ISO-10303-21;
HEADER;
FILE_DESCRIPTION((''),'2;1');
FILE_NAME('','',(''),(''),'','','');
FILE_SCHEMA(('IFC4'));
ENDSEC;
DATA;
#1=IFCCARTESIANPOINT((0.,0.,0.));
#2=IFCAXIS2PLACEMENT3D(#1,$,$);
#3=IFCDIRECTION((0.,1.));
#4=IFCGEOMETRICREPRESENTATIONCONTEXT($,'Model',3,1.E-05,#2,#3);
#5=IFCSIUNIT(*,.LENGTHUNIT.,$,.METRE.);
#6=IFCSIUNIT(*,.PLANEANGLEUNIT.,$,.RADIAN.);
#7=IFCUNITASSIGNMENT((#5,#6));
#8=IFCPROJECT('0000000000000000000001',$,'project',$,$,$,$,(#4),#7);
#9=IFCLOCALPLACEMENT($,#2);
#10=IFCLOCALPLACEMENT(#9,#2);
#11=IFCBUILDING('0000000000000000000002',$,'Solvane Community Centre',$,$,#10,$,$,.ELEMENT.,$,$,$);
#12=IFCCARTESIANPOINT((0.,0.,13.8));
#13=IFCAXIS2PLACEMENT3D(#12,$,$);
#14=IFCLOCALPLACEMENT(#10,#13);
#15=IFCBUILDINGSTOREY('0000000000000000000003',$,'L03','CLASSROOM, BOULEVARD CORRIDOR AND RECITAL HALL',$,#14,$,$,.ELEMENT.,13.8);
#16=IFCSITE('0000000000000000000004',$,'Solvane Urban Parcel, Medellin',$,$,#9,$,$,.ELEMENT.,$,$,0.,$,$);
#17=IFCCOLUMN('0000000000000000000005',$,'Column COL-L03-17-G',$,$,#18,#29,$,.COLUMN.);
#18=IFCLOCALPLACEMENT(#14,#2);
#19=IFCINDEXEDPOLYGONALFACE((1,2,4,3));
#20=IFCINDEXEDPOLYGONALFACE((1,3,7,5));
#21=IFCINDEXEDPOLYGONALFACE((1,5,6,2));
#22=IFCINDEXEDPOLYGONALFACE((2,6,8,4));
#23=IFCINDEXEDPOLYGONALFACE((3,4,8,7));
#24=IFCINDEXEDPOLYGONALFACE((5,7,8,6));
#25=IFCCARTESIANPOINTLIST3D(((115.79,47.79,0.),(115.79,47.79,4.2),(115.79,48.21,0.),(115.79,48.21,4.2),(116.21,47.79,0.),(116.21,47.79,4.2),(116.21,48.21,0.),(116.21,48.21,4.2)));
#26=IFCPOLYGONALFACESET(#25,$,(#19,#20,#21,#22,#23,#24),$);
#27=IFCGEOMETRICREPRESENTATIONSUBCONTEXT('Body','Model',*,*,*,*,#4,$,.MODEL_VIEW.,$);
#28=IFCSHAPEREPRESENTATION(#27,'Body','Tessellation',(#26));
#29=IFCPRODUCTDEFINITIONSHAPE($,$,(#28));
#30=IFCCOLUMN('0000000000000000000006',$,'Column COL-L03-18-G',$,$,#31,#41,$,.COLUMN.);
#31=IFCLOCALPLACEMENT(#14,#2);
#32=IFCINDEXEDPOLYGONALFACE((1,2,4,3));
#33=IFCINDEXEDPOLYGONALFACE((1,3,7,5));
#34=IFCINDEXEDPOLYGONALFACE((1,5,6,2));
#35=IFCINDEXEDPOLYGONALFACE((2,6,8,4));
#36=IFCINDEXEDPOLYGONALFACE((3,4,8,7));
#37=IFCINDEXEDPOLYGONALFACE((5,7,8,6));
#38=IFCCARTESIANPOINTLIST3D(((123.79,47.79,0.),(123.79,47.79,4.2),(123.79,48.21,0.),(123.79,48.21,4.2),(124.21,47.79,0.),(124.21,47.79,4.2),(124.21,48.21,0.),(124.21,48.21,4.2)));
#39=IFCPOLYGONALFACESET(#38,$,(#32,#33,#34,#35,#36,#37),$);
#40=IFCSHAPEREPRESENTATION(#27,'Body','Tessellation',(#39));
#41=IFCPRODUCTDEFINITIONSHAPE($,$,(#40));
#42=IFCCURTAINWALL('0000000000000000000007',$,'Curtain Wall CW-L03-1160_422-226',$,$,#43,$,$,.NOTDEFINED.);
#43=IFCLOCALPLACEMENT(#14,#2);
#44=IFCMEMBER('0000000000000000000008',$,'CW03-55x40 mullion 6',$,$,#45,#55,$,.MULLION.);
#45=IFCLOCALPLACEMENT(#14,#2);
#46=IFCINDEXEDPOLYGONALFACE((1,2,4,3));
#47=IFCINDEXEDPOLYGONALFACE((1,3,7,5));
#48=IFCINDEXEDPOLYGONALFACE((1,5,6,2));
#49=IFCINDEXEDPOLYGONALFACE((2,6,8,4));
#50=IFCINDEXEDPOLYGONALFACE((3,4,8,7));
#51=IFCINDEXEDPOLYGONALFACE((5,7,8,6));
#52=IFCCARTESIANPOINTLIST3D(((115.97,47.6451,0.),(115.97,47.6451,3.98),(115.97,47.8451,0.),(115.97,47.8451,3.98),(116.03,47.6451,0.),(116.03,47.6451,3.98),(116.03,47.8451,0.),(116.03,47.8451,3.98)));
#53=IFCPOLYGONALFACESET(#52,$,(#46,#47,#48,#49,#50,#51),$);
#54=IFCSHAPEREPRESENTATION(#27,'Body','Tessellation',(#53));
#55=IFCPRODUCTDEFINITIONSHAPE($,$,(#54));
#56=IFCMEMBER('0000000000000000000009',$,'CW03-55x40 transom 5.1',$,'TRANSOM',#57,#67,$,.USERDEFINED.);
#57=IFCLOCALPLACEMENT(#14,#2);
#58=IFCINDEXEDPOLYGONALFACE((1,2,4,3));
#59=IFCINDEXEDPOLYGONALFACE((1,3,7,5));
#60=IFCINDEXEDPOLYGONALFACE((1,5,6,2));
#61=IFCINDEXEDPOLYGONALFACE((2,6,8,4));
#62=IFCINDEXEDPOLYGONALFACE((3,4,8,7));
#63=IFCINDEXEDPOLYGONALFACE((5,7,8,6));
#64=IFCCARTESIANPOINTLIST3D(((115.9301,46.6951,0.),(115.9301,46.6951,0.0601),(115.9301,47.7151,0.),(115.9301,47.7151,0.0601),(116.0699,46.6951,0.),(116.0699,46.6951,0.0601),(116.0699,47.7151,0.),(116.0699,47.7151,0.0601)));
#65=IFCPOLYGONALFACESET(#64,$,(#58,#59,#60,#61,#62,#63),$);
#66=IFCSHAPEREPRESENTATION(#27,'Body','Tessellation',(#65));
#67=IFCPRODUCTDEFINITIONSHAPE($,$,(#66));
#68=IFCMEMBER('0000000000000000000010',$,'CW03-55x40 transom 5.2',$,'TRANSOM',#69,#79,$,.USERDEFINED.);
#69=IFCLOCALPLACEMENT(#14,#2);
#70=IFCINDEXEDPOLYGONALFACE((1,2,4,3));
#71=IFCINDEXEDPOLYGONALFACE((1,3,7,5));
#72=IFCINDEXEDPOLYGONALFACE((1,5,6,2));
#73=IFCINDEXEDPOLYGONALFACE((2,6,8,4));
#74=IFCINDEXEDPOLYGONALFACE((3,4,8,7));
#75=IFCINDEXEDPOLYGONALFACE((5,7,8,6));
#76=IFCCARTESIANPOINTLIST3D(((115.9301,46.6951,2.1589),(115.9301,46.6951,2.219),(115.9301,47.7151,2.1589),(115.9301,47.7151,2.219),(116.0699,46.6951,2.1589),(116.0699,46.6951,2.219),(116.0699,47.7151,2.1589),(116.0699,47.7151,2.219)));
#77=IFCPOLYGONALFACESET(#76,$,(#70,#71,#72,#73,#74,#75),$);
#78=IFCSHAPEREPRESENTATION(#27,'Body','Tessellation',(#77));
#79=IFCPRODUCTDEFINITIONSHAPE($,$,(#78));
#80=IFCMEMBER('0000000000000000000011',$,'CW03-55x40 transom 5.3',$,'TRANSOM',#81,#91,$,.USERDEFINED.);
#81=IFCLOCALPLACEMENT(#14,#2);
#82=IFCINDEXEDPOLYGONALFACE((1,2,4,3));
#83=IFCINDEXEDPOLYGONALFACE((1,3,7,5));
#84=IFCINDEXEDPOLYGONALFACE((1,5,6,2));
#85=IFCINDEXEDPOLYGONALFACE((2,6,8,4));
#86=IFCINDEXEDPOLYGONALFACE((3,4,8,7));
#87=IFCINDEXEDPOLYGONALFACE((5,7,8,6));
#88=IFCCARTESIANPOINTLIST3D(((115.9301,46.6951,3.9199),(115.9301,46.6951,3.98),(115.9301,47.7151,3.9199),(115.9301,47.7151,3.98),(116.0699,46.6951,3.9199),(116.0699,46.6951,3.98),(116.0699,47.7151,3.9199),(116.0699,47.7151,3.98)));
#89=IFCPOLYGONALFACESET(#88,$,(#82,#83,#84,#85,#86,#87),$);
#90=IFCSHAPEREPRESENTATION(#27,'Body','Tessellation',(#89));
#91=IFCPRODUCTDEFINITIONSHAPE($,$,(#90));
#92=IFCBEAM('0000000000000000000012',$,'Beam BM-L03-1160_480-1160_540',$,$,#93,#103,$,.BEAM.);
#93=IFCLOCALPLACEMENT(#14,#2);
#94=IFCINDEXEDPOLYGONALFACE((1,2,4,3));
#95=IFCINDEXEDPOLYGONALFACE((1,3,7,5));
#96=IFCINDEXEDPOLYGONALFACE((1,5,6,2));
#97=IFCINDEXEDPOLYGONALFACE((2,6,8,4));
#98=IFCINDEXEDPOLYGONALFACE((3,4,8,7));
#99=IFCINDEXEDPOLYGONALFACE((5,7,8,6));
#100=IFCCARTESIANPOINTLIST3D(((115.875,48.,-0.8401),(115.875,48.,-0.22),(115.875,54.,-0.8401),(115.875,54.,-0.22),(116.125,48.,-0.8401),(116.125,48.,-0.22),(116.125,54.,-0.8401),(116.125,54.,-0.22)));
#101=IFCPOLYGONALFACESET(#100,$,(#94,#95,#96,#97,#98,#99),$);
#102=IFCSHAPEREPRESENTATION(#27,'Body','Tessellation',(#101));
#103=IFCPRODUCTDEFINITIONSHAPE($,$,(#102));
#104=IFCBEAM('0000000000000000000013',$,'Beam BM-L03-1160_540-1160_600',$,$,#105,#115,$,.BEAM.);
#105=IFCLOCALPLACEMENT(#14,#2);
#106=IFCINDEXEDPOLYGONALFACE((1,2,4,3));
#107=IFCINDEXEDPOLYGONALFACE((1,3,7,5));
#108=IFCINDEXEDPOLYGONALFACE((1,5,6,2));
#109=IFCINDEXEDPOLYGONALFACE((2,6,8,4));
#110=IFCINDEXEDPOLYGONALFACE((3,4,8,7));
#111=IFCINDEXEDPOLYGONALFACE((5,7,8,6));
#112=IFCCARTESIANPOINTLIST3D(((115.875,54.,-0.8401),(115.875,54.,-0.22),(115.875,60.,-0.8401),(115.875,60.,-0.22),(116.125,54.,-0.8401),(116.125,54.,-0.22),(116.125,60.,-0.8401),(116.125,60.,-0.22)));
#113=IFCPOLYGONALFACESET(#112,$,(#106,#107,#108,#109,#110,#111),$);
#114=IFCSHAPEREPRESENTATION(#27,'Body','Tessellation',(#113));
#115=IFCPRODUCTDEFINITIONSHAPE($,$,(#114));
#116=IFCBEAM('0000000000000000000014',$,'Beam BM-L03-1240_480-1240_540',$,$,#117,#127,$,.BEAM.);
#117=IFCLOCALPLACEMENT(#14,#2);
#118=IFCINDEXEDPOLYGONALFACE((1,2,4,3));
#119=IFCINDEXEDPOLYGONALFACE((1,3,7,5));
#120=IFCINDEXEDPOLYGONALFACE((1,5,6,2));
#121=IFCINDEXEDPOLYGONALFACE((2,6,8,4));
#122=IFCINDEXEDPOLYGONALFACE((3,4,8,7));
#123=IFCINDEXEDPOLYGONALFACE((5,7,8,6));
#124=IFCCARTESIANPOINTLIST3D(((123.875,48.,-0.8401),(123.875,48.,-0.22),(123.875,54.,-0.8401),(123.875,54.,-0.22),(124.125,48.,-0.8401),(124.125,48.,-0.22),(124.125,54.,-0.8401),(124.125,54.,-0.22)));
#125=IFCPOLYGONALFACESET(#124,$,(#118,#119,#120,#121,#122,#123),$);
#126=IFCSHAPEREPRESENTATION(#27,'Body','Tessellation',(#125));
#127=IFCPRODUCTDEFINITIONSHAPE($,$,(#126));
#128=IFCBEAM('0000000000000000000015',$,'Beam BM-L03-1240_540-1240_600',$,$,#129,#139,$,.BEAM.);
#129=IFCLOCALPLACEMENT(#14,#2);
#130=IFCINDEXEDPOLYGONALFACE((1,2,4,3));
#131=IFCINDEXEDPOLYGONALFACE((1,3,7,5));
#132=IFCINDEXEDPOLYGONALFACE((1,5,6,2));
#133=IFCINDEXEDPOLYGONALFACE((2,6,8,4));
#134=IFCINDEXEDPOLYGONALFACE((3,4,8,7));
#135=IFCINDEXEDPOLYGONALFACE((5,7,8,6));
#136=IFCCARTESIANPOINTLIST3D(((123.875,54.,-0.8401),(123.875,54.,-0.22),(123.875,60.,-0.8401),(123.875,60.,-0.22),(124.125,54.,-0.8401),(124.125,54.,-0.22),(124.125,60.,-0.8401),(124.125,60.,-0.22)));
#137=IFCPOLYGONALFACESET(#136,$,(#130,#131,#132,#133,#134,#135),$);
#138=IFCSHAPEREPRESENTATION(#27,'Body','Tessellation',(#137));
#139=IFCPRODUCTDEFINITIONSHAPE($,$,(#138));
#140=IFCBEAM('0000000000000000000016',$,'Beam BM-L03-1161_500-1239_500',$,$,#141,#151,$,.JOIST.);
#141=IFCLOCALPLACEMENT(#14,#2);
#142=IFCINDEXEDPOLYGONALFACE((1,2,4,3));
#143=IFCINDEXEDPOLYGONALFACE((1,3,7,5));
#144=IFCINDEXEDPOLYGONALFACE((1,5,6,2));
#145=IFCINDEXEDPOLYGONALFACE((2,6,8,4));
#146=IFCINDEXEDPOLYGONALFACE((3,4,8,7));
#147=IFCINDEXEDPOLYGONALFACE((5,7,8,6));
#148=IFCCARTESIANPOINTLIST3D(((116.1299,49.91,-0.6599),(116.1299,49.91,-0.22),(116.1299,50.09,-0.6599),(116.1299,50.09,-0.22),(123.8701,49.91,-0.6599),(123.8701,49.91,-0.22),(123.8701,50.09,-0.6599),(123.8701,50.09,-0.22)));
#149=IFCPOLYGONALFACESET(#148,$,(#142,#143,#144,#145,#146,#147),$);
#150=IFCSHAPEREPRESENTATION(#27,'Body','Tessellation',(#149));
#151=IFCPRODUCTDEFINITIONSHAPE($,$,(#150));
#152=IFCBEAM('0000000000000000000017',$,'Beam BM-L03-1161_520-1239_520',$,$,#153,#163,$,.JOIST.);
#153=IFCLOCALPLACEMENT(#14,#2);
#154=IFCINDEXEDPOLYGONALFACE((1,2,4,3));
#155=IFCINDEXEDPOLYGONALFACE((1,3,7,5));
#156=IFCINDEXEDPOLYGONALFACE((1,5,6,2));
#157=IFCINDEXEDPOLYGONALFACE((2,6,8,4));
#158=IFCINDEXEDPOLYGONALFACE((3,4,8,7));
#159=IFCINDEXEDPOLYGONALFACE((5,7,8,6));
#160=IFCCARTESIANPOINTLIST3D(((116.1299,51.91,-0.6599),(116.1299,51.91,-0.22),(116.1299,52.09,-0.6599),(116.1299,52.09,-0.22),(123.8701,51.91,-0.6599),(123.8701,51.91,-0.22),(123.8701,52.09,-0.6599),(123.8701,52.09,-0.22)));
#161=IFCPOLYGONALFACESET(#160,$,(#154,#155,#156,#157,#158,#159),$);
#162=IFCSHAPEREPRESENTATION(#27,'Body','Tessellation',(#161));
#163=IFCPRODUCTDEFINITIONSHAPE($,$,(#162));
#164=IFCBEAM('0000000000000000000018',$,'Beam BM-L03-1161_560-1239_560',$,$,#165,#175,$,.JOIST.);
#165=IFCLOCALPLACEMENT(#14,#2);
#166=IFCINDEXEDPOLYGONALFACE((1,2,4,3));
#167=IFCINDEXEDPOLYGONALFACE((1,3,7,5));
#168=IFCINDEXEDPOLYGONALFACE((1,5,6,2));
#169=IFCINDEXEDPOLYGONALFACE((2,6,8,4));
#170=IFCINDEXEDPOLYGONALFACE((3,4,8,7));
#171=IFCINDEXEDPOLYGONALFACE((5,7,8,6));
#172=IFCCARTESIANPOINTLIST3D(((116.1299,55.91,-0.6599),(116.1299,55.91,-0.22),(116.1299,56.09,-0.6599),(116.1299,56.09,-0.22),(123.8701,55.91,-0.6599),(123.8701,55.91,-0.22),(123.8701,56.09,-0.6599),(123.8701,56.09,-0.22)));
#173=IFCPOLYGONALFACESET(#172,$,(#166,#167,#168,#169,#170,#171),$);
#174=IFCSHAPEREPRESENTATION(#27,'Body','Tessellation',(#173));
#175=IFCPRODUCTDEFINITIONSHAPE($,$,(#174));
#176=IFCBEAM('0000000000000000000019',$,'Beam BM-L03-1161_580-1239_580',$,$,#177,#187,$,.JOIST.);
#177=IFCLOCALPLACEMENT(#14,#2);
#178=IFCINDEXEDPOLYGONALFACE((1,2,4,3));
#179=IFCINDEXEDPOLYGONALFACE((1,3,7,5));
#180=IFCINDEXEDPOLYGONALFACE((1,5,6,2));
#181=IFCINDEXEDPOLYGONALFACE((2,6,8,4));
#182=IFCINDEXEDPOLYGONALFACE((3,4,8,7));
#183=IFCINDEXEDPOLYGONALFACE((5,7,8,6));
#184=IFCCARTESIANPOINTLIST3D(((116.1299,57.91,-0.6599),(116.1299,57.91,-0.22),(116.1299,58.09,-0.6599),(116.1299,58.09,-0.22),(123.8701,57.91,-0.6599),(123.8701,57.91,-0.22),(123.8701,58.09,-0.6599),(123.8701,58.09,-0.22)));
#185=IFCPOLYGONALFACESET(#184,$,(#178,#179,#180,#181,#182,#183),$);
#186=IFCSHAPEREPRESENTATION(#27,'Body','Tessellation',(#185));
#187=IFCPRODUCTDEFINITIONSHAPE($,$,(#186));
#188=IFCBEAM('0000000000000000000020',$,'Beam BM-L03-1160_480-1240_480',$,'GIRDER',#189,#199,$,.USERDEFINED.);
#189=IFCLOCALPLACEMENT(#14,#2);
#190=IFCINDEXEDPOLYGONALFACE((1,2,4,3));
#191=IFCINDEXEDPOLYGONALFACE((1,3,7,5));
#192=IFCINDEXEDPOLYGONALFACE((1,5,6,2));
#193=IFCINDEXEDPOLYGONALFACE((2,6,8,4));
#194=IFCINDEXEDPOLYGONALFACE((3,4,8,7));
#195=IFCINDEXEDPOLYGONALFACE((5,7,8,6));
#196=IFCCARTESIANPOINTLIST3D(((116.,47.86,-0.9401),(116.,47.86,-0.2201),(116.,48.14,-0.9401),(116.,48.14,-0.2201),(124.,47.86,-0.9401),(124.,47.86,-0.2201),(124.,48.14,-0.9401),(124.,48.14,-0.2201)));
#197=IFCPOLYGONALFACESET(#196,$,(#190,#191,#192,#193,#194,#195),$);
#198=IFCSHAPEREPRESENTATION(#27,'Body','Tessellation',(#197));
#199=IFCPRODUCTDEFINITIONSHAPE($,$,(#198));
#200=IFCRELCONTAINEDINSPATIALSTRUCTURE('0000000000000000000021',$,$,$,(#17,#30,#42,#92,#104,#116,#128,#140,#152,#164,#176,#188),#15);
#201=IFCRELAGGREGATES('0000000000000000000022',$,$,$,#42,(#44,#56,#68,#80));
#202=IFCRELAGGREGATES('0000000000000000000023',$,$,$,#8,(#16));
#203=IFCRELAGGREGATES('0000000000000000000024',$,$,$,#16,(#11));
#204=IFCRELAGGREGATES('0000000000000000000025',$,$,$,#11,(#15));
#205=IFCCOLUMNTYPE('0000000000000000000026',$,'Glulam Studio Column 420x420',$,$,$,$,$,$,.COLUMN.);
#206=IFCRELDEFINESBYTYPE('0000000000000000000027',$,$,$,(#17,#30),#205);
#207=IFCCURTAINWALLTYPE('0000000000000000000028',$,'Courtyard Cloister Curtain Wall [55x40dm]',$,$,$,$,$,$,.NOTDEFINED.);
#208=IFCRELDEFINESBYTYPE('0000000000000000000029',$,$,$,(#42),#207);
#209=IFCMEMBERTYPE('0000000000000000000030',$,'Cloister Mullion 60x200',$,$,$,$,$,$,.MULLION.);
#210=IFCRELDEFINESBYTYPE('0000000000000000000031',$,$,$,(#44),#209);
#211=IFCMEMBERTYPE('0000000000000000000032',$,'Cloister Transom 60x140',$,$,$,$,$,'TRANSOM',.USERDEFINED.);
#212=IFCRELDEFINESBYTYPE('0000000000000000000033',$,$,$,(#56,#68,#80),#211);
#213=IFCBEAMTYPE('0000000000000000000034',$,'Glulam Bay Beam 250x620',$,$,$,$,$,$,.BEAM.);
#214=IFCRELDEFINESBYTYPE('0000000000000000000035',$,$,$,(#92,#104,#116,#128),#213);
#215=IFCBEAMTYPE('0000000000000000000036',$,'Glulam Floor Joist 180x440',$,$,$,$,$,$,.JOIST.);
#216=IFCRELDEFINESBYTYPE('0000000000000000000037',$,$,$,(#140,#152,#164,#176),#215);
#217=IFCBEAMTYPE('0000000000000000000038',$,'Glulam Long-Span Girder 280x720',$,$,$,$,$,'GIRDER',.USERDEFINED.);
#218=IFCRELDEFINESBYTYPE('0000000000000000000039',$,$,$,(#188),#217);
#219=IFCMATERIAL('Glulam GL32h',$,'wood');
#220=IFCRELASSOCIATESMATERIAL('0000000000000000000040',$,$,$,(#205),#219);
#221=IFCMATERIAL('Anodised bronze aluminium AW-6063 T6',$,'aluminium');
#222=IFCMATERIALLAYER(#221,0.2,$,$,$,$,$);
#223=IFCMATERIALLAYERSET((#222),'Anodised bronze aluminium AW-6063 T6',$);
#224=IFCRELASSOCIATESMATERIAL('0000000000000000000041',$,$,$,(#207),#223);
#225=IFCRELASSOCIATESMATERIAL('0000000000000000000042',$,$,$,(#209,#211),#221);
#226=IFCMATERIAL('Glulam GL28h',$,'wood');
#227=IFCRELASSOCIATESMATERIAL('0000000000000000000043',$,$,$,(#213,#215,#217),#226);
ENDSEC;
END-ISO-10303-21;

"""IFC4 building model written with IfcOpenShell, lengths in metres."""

from ifc_helpers import new_model, si_unit, direction, frame, origin, origin_2d, place, context, subcontext, project, spatial, rectangle, extrude, material, layer, layer_set, material_profile, profile_set, type_object, element, aggregate, save


model = new_model("IFC4")

# Units and contexts
model_context = context("Model", 3, precision=1e-05, world=origin(), true_north=direction((0.0, 1.0)))
body_context = subcontext(model_context, "Body", "Model", "MODEL_VIEW")
ifc_project = project(units=[si_unit("LENGTHUNIT", "METRE"), si_unit("PLANEANGLEUNIT", "RADIAN")], contexts=[model_context])

# Site, building, storey
site_placement = place(None, origin())
site = spatial("IfcSite", under=ifc_project, at=site_placement, Name="Solvane Urban Parcel, Medellin", CompositionType="ELEMENT", RefElevation=0.0)
building_placement = place(site_placement, origin())
building = spatial("IfcBuilding", under=site, at=building_placement, Name="Solvane Community Centre", CompositionType="ELEMENT")
storey_placement = place(building_placement, frame((0.0, 0.0, 13.8)))
storey = spatial("IfcBuildingStorey", under=building, at=storey_placement, Name="L03", Description="CLASSROOM, BOULEVARD CORRIDOR AND RECITAL HALL", CompositionType="ELEMENT", Elevation=13.8)

# Columns
ifc_material_1 = material(Name="Glulam GL32h", Category="wood")
ifc_material_profile_1 = material_profile(ifc_material_1, rectangle(XDim=0.4199, YDim=0.4199, at=origin_2d()), Name="GL32h 420x420")
ifc_profile_set_1 = profile_set([ifc_material_profile_1], Name="Glulam GL32h")
column_type = type_object("IfcColumnType", Name="Glulam Studio Column 420x420", PredefinedType="COLUMN", material=ifc_profile_set_1)
for number, where, z_axis, x_axis, name in (
    (1, (116.0, 48.0, 0.0), (0.0, 0.0, 1.0), (1.0, 0.0, 0.0), "Column COL-L03-17-G"),
    (2, (124.0, 48.0, 0.0), (0.0, 0.0, 1.0), (1.0, 0.0, 0.0), "Column COL-L03-18-G"),
):
    element("IfcColumn", number, at=place(storey_placement, frame(where, z_axis=z_axis, x_axis=x_axis)), inside=storey, type_object=column_type, Name=name, PredefinedType="COLUMN", context=body_context, shape_type="SweptSolid", body=[
        extrude(rectangle(XDim=0.4199, YDim=0.4199, at=origin_2d()), origin(), (0.0, 0.0, 1.0), 4.2),
    ])

# Curtain wall, members
ifc_material_2 = material(Name="Anodised bronze aluminium AW-6063 T6", Category="aluminium")
ifc_layer_1 = layer(ifc_material_2, 0.2)
ifc_layer_set_1 = layer_set([ifc_layer_1], Name="Anodised bronze aluminium AW-6063 T6")
curtain_wall_type = type_object("IfcCurtainWallType", Name="Courtyard Cloister Curtain Wall [55x40dm]", PredefinedType="NOTDEFINED", material=ifc_layer_set_1)
curtain_wall_placement = place(storey_placement, origin())
curtain_wall = element("IfcCurtainWall", 3, at=curtain_wall_placement, inside=storey, type_object=curtain_wall_type, Name="Curtain Wall CW-L03-1160_422-226", PredefinedType="NOTDEFINED")
ifc_material_profile_2 = material_profile(ifc_material_2, rectangle(XDim=0.0601, YDim=0.2, at=origin_2d()), Name="CW-M 60x200")
ifc_profile_set_2 = profile_set([ifc_material_profile_2], Name="Anodised bronze aluminium AW-6063 T6")
member_type_1 = type_object("IfcMemberType", Name="Cloister Mullion 60x200", PredefinedType="MULLION", material=ifc_profile_set_2)
member_1_placement = place(storey_placement, frame((116.0, 47.7451, 0.0), z_axis=(0.0, 0.0, 1.0), x_axis=(-1.0, 0.0, 0.0)))
member_1 = element("IfcMember", 4, at=member_1_placement, type_object=member_type_1, Name="CW03-55x40 mullion 6", PredefinedType="MULLION", context=body_context, shape_type="SweptSolid", body=[
    extrude(rectangle(XDim=0.0601, YDim=0.2, at=origin_2d()), origin(), (0.0, 0.0, 1.0), 3.98),
])
ifc_material_profile_3 = material_profile(ifc_material_2, rectangle(XDim=0.1399, YDim=0.0601, at=origin_2d()), Name="CW-T 60x140")
ifc_profile_set_3 = profile_set([ifc_material_profile_3], Name="Anodised bronze aluminium AW-6063 T6")
member_type_2 = type_object("IfcMemberType", Name="Cloister Transom 60x140", ElementType="TRANSOM", PredefinedType="USERDEFINED", material=ifc_profile_set_3)
member_2_placement = place(storey_placement, frame((116.0, 46.6951, 0.03), z_axis=(0.0, 1.0, 0.0), x_axis=(-1.0, 0.0, 0.0)))
member_2 = element("IfcMember", 5, at=member_2_placement, type_object=member_type_2, Name="CW03-55x40 transom 5.1", ObjectType="TRANSOM", PredefinedType="USERDEFINED", context=body_context, shape_type="SweptSolid", body=[
    extrude(rectangle(XDim=0.1399, YDim=0.0601, at=origin_2d()), origin(), (0.0, 0.0, 1.0), 1.02),
])
member_3_placement = place(storey_placement, frame((116.0, 46.6951, 2.189), z_axis=(0.0, 1.0, 0.0), x_axis=(-1.0, 0.0, 0.0)))
member_3 = element("IfcMember", 6, at=member_3_placement, type_object=member_type_2, Name="CW03-55x40 transom 5.2", ObjectType="TRANSOM", PredefinedType="USERDEFINED", context=body_context, shape_type="SweptSolid", body=[
    extrude(rectangle(XDim=0.1399, YDim=0.0601, at=origin_2d()), origin(), (0.0, 0.0, 1.0), 1.02),
])
member_4_placement = place(storey_placement, frame((116.0, 46.6951, 3.95), z_axis=(0.0, 1.0, 0.0), x_axis=(-1.0, 0.0, 0.0)))
member_4 = element("IfcMember", 7, at=member_4_placement, type_object=member_type_2, Name="CW03-55x40 transom 5.3", ObjectType="TRANSOM", PredefinedType="USERDEFINED", context=body_context, shape_type="SweptSolid", body=[
    extrude(rectangle(XDim=0.1399, YDim=0.0601, at=origin_2d()), origin(), (0.0, 0.0, 1.0), 1.02),
])

# Beams
ifc_material_3 = material(Name="Glulam GL28h", Category="wood")
ifc_material_profile_4 = material_profile(ifc_material_3, rectangle(XDim=0.25, YDim=0.6201, at=origin_2d()), Name="GL28h 250x620")
ifc_profile_set_4 = profile_set([ifc_material_profile_4], Name="Glulam GL28h")
beam_type_1 = type_object("IfcBeamType", Name="Glulam Bay Beam 250x620", PredefinedType="BEAM", material=ifc_profile_set_4)
for number, where, z_axis, x_axis, name in (
    (8, (116.0, 48.0, -0.53), (0.0, 1.0, 0.0), (-1.0, 0.0, 0.0), "Beam BM-L03-1160_480-1160_540"),
    (9, (116.0, 54.0, -0.53), (0.0, 1.0, 0.0), (-1.0, 0.0, 0.0), "Beam BM-L03-1160_540-1160_600"),
    (10, (124.0, 48.0, -0.53), (0.0, 1.0, 0.0), (-1.0, 0.0, 0.0), "Beam BM-L03-1240_480-1240_540"),
    (11, (124.0, 54.0, -0.53), (0.0, 1.0, 0.0), (-1.0, 0.0, 0.0), "Beam BM-L03-1240_540-1240_600"),
):
    element("IfcBeam", number, at=place(storey_placement, frame(where, z_axis=z_axis, x_axis=x_axis)), inside=storey, type_object=beam_type_1, Name=name, PredefinedType="BEAM", context=body_context, shape_type="SweptSolid", body=[
        extrude(rectangle(XDim=0.25, YDim=0.6201, at=origin_2d()), origin(), (0.0, 0.0, 1.0), 6.0),
    ])
ifc_material_profile_5 = material_profile(ifc_material_3, rectangle(XDim=0.1799, YDim=0.4399, at=origin_2d()), Name="GL28h 180x440")
ifc_profile_set_5 = profile_set([ifc_material_profile_5], Name="Glulam GL28h")
beam_type_2 = type_object("IfcBeamType", Name="Glulam Floor Joist 180x440", PredefinedType="JOIST", material=ifc_profile_set_5)
for number, where, z_axis, x_axis, name in (
    (12, (116.1299, 50.0, -0.4399), (1.0, 0.0, 0.0), (0.0, 1.0, 0.0), "Beam BM-L03-1161_500-1239_500"),
    (13, (116.1299, 52.0, -0.4399), (1.0, 0.0, 0.0), (0.0, 1.0, 0.0), "Beam BM-L03-1161_520-1239_520"),
    (14, (116.1299, 56.0, -0.4399), (1.0, 0.0, 0.0), (0.0, 1.0, 0.0), "Beam BM-L03-1161_560-1239_560"),
    (15, (116.1299, 58.0, -0.4399), (1.0, 0.0, 0.0), (0.0, 1.0, 0.0), "Beam BM-L03-1161_580-1239_580"),
):
    element("IfcBeam", number, at=place(storey_placement, frame(where, z_axis=z_axis, x_axis=x_axis)), inside=storey, type_object=beam_type_2, Name=name, PredefinedType="JOIST", context=body_context, shape_type="SweptSolid", body=[
        extrude(rectangle(XDim=0.1799, YDim=0.4399, at=origin_2d()), origin(), (0.0, 0.0, 1.0), 7.7402),
    ])
ifc_material_profile_6 = material_profile(ifc_material_3, rectangle(XDim=0.28, YDim=0.72, at=origin_2d()), Name="GL28h 280x720")
ifc_profile_set_6 = profile_set([ifc_material_profile_6], Name="Glulam GL28h")
beam_type_3 = type_object("IfcBeamType", Name="Glulam Long-Span Girder 280x720", ElementType="GIRDER", PredefinedType="USERDEFINED", material=ifc_profile_set_6)
for number, where, z_axis, x_axis, name in (
    (16, (116.0, 48.0, -0.5801), (1.0, 0.0, 0.0), (0.0, 1.0, 0.0), "Beam BM-L03-1160_480-1240_480"),
):
    element("IfcBeam", number, at=place(storey_placement, frame(where, z_axis=z_axis, x_axis=x_axis)), inside=storey, type_object=beam_type_3, Name=name, ObjectType="GIRDER", PredefinedType="USERDEFINED", context=body_context, shape_type="SweptSolid", body=[
        extrude(rectangle(XDim=0.28, YDim=0.72, at=origin_2d()), origin(), (0.0, 0.0, 1.0), 8.0),
    ])

aggregate(curtain_wall, [member_1, member_2, member_3, member_4])

save(model, "model.ifc")
